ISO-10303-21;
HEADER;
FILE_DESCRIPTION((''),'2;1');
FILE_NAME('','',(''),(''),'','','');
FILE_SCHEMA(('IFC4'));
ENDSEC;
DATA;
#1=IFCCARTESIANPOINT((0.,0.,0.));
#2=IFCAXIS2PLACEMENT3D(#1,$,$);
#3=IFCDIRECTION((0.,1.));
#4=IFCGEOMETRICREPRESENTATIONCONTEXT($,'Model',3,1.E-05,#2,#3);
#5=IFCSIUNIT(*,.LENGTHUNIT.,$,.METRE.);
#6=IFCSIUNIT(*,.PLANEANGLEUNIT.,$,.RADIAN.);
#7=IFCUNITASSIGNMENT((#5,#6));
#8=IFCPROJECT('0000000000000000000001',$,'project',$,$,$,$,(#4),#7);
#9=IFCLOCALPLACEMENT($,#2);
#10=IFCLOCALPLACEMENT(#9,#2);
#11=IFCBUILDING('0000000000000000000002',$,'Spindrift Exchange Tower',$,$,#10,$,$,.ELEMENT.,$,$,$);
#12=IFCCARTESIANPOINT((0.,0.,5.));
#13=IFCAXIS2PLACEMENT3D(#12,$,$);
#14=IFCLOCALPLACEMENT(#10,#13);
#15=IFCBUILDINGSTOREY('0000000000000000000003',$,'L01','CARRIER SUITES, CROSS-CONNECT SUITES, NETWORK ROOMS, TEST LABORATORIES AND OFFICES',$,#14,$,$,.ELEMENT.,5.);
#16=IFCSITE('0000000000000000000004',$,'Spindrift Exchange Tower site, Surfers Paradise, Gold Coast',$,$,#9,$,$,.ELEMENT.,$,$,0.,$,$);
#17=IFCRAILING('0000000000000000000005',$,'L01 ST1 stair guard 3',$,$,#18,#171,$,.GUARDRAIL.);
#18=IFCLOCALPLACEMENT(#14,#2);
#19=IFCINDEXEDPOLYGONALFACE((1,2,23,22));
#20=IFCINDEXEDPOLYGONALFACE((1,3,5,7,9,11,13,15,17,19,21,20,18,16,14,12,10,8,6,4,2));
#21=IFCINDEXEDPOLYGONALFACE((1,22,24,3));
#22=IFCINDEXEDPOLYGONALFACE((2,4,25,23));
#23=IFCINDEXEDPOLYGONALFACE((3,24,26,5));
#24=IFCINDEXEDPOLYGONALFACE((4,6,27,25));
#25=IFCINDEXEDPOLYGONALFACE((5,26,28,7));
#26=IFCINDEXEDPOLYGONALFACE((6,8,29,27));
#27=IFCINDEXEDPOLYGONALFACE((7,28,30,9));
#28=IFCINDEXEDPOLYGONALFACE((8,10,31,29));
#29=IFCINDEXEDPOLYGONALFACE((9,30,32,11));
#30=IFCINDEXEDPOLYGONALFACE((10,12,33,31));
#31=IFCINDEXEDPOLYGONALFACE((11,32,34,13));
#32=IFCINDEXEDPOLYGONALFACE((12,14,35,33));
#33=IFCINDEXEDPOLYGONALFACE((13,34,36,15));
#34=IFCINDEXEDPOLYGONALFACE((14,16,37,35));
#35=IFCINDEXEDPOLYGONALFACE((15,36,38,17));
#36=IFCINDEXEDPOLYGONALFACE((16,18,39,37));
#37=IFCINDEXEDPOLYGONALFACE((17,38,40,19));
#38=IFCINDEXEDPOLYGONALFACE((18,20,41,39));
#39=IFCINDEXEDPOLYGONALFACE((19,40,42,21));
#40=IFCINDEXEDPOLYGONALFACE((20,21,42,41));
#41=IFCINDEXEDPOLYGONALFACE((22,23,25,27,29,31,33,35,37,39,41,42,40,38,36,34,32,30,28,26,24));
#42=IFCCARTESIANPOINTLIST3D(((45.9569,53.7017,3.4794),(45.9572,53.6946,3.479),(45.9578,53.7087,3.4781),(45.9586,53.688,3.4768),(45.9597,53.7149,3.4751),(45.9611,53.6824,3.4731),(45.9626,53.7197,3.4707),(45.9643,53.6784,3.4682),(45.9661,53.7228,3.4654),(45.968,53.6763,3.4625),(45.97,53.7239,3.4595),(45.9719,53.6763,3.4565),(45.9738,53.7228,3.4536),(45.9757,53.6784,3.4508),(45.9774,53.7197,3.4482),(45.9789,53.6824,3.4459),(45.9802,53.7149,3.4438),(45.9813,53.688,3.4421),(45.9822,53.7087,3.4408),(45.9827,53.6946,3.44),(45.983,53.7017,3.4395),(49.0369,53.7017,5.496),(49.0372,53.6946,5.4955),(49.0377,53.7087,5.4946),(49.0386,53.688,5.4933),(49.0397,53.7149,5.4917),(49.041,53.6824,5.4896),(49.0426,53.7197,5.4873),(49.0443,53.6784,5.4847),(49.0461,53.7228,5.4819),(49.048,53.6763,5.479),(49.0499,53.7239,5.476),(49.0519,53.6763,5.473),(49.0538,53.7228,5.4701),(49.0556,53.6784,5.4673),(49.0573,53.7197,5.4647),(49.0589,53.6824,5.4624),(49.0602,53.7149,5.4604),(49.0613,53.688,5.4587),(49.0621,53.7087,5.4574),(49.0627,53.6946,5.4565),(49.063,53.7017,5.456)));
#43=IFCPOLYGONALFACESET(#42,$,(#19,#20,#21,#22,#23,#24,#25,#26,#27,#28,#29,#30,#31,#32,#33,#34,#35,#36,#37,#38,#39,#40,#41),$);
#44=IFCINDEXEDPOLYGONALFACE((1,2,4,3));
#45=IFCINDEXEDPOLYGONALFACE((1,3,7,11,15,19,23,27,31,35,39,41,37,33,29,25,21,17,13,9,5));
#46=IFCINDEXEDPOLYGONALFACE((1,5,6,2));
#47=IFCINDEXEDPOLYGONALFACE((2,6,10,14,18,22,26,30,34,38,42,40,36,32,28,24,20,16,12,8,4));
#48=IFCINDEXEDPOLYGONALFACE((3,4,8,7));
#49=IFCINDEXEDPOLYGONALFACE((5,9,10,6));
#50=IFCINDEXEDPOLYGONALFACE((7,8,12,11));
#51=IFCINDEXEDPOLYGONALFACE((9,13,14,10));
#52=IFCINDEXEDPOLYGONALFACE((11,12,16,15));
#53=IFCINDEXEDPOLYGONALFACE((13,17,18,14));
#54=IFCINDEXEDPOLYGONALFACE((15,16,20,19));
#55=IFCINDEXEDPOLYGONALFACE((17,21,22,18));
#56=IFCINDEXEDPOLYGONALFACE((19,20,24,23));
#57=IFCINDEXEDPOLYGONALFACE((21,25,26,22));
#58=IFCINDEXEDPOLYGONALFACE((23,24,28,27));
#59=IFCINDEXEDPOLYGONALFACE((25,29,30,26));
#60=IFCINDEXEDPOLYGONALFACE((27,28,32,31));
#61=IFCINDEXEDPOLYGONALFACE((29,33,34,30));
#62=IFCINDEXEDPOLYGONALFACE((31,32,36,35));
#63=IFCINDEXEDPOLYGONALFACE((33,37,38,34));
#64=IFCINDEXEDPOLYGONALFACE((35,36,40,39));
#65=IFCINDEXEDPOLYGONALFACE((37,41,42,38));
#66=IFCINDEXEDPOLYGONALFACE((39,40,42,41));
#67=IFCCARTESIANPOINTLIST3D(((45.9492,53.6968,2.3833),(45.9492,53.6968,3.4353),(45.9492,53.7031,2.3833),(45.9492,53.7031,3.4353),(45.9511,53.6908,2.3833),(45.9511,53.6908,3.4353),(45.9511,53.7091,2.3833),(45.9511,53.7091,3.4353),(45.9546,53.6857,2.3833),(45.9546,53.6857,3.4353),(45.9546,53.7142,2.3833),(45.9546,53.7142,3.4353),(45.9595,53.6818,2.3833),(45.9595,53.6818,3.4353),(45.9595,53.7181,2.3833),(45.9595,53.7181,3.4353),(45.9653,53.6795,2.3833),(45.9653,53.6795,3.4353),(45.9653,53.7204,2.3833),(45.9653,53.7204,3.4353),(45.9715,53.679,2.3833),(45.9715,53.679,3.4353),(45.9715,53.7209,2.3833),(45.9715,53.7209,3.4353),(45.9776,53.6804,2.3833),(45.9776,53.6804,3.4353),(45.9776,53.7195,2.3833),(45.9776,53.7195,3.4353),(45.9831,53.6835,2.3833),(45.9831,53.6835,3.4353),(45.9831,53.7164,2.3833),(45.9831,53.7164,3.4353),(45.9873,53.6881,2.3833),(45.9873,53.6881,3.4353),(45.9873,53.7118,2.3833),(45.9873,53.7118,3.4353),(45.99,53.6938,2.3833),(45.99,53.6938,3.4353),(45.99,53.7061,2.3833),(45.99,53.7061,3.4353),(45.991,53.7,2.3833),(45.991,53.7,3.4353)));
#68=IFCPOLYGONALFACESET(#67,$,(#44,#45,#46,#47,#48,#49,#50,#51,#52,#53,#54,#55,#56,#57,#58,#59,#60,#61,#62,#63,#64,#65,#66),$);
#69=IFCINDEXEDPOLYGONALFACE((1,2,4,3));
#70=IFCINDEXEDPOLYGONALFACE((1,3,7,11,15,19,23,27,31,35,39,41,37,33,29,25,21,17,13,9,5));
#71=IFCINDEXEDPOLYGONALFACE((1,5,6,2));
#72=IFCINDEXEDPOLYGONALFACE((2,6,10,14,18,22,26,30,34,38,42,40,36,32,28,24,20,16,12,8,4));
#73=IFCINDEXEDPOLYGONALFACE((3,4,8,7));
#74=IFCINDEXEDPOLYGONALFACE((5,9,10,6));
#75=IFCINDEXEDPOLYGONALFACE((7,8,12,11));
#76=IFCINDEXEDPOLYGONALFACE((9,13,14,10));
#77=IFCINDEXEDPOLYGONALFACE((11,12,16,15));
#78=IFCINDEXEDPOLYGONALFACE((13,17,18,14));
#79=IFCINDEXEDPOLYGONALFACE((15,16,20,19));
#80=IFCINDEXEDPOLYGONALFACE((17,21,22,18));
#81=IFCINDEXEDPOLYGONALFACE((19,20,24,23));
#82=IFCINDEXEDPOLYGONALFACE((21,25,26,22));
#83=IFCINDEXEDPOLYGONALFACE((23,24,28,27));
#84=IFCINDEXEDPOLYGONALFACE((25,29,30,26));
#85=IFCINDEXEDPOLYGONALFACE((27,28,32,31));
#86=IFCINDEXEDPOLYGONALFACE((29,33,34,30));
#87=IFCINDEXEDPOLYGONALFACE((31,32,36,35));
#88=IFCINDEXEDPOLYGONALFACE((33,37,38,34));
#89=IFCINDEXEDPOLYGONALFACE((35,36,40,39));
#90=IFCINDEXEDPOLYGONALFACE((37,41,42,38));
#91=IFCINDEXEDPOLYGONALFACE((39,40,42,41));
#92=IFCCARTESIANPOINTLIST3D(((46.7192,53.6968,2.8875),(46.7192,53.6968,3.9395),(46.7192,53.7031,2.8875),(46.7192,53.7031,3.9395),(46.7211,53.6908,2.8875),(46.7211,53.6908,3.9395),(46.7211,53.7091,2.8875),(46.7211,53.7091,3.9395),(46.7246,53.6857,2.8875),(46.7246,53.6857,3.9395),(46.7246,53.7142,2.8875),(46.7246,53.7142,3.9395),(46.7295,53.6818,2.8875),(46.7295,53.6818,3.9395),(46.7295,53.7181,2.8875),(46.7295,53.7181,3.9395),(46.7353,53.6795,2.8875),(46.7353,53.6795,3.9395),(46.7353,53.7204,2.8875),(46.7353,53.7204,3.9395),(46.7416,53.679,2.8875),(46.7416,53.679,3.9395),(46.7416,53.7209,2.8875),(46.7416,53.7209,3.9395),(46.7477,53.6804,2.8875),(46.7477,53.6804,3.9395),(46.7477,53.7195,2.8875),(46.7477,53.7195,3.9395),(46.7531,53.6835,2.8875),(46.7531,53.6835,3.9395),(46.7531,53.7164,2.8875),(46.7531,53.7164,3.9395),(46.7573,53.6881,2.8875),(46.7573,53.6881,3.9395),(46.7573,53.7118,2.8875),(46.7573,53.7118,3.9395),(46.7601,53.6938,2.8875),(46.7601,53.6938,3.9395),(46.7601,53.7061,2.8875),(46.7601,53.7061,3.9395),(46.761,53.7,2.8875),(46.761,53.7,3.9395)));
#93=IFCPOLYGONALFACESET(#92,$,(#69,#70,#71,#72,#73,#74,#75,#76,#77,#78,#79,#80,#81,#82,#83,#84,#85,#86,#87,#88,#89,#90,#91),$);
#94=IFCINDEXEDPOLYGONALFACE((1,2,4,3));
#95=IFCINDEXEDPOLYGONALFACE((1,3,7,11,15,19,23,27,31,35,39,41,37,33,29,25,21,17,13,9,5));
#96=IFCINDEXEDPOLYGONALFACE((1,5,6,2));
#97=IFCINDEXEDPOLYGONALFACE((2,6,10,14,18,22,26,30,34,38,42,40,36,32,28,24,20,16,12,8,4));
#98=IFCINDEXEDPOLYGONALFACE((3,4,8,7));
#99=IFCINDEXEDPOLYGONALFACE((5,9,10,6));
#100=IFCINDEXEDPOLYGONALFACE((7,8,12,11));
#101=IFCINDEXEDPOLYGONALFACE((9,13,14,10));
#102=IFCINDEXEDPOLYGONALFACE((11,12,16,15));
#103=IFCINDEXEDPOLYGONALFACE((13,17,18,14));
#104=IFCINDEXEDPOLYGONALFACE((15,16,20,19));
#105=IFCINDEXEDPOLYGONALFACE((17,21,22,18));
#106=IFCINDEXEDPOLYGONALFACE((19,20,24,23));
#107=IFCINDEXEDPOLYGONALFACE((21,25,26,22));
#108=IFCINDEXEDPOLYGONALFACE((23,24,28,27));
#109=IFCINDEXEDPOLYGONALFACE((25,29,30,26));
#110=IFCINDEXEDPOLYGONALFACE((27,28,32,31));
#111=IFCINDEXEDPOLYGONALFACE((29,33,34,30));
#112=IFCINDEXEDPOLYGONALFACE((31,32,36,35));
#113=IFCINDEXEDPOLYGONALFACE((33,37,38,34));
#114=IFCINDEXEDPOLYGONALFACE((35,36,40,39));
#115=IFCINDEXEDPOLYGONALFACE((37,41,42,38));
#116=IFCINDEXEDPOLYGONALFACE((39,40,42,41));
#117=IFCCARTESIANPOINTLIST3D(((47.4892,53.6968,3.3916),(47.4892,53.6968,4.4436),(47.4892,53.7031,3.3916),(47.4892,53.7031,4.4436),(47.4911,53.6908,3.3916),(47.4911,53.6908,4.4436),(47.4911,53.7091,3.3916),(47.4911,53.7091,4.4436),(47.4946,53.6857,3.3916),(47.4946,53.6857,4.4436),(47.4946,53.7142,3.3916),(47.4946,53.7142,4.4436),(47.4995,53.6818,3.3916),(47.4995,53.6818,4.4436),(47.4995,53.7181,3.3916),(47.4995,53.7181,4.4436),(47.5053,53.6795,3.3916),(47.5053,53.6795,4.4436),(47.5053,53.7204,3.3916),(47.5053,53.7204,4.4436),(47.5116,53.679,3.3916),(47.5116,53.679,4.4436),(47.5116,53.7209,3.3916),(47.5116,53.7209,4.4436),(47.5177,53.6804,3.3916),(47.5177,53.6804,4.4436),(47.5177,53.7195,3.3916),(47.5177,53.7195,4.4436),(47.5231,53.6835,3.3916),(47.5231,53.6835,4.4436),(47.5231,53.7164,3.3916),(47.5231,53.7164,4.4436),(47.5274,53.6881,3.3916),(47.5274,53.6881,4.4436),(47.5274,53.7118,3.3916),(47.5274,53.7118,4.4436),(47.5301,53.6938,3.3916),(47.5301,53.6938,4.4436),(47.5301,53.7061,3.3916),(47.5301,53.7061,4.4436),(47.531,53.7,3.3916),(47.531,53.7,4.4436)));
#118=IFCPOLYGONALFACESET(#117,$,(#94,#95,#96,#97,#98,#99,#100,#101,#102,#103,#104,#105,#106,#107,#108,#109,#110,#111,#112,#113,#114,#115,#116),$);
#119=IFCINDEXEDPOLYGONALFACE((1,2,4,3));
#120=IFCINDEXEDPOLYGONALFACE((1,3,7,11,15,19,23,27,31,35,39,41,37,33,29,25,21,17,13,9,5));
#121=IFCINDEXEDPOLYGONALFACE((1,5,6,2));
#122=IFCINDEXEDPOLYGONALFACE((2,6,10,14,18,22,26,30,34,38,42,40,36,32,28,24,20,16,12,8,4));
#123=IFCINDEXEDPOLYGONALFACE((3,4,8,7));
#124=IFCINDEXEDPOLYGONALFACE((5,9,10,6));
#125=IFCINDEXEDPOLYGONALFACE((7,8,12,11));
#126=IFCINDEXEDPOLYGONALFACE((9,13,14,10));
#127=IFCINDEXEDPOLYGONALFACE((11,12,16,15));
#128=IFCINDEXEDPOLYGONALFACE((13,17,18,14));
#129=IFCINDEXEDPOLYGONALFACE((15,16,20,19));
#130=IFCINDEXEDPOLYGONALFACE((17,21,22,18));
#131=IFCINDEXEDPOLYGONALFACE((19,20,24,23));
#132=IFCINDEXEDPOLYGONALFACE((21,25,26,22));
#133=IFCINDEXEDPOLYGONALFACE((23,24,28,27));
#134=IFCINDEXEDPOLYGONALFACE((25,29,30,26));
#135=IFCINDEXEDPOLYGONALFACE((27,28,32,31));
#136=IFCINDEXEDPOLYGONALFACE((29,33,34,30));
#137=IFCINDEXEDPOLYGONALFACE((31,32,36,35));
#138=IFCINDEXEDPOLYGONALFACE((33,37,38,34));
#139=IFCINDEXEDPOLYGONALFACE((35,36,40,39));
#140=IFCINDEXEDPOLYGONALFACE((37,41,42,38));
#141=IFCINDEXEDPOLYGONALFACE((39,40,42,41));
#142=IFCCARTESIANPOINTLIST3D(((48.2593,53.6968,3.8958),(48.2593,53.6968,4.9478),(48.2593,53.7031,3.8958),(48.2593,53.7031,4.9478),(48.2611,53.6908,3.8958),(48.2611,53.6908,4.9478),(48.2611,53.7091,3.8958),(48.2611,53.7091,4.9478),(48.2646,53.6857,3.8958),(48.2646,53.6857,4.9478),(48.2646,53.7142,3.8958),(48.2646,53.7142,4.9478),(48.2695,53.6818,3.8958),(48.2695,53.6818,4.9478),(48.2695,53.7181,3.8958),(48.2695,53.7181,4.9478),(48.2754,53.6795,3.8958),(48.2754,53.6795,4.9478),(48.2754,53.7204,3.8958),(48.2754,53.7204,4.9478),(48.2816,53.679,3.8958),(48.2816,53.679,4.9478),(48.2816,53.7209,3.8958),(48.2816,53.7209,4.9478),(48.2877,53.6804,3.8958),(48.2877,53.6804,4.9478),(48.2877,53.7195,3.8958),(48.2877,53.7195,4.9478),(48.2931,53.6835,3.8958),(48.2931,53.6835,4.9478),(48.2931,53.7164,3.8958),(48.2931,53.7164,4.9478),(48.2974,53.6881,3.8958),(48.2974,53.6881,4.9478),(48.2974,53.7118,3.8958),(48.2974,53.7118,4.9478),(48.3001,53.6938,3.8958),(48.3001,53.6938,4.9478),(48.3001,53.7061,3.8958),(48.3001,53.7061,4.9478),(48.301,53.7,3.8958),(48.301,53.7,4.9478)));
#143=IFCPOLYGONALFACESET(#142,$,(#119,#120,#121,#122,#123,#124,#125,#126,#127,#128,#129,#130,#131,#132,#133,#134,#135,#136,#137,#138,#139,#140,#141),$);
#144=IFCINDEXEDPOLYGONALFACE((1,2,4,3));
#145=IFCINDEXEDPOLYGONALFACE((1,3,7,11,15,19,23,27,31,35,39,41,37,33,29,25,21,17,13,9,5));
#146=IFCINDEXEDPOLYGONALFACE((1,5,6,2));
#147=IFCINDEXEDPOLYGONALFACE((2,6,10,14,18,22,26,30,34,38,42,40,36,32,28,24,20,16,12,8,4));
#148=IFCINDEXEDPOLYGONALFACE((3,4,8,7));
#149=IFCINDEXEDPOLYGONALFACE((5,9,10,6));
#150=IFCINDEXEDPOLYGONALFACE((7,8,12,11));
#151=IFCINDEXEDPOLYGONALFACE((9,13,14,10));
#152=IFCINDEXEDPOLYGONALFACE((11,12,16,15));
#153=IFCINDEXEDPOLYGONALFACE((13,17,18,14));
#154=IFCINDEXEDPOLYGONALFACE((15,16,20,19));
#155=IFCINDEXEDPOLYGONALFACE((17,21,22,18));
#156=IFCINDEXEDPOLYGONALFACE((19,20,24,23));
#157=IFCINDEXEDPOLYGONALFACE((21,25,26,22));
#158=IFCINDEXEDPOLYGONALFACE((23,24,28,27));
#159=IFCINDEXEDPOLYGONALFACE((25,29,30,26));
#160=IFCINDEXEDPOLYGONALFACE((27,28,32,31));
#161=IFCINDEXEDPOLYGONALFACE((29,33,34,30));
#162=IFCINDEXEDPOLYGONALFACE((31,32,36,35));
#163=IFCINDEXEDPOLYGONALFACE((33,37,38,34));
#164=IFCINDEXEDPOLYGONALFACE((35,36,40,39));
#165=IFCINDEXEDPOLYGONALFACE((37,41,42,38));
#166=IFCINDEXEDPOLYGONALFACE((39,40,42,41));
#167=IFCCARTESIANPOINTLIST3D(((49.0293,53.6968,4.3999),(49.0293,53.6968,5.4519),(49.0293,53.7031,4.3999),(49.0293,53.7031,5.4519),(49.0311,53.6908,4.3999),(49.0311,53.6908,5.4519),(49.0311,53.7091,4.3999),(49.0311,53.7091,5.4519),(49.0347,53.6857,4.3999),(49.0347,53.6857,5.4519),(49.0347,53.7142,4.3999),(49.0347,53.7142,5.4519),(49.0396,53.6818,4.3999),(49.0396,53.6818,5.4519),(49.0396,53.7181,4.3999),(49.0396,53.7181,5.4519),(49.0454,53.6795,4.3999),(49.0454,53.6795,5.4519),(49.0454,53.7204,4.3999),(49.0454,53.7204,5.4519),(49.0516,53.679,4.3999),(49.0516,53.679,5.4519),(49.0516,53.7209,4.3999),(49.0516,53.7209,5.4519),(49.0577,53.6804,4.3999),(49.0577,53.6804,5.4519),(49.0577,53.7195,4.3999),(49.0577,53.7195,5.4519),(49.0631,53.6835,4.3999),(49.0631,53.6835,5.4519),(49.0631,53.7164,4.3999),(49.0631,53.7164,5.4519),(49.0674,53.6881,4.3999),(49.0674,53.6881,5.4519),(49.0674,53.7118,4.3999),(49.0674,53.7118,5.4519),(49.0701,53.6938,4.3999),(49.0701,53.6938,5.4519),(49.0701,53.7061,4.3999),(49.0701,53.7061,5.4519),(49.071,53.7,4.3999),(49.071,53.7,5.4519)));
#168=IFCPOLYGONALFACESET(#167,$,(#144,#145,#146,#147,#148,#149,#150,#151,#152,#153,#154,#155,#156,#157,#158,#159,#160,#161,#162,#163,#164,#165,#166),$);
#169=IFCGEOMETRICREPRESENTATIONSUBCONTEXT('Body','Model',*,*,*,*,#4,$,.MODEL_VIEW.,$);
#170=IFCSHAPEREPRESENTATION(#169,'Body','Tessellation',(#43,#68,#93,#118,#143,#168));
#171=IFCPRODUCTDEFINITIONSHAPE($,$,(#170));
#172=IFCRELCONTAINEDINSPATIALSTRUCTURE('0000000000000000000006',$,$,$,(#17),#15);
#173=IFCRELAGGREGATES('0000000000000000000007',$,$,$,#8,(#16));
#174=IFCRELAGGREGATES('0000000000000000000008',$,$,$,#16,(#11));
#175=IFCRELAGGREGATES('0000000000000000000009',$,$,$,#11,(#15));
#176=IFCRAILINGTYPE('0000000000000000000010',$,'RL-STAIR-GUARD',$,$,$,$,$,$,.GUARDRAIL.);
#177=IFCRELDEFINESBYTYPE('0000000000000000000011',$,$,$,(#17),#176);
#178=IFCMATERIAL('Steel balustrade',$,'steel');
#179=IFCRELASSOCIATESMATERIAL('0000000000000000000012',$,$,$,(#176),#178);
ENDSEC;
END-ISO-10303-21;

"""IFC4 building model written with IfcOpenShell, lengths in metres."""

from ifc_helpers import new_model, si_unit, direction, frame, origin, origin_2d, place, context, subcontext, project, spatial, circle, extrude, material, type_object, element, save


model = new_model("IFC4")

# Units and contexts
model_context = context("Model", 3, precision=1e-05, world=origin(), true_north=direction((0.0, 1.0)))
body_context = subcontext(model_context, "Body", "Model", "MODEL_VIEW")
ifc_project = project(units=[si_unit("LENGTHUNIT", "METRE"), si_unit("PLANEANGLEUNIT", "RADIAN")], contexts=[model_context])

# Site, building, storey
site_placement = place(None, origin())
site = spatial("IfcSite", under=ifc_project, at=site_placement, Name="Spindrift Exchange Tower site, Surfers Paradise, Gold Coast", CompositionType="ELEMENT", RefElevation=0.0)
building_placement = place(site_placement, origin())
building = spatial("IfcBuilding", under=site, at=building_placement, Name="Spindrift Exchange Tower", CompositionType="ELEMENT")
storey_placement = place(building_placement, frame((0.0, 0.0, 5.0)))
storey = spatial("IfcBuildingStorey", under=building, at=storey_placement, Name="L01", Description="CARRIER SUITES, CROSS-CONNECT SUITES, NETWORK ROOMS, TEST LABORATORIES AND OFFICES", CompositionType="ELEMENT", Elevation=5.0)

# Railing
ifc_material_1 = material(Name="Steel balustrade", Category="steel")
railing_type_1 = type_object("IfcRailingType", Name="RL-STAIR-GUARD", PredefinedType="GUARDRAIL", material=ifc_material_1)
railing_1_placement = place(storey_placement, frame((45.97, 53.7, 2.3833)))
element("IfcRailing", 1, at=railing_1_placement, inside=storey, type_object=railing_type_1, Name="L01 ST1 stair guard 3", PredefinedType="GUARDRAIL", context=body_context, shape_type="SweptSolid", body=[
    extrude(circle(Radius=0.0239, at=origin_2d()), frame((0.0, 0.0, 1.0762), z_axis=(0.836633, 0.0, 0.547764), x_axis=(0.0, 1.0, 0.0)), (0.0, 0.0, 1.0), 3.6814),
    extrude(circle(Radius=0.021, at=origin_2d()), origin(), (0.0, 0.0, 1.0), 1.052),
    extrude(circle(Radius=0.021, at=origin_2d()), frame((0.77, 0.0, 0.5042)), (0.0, 0.0, 1.0), 1.052),
    extrude(circle(Radius=0.021, at=origin_2d()), frame((1.54, 0.0, 1.0083)), (0.0, 0.0, 1.0), 1.052),
    extrude(circle(Radius=0.021, at=origin_2d()), frame((2.3101, 0.0, 1.5125)), (0.0, 0.0, 1.0), 1.052),
    extrude(circle(Radius=0.021, at=origin_2d()), frame((3.0801, 0.0, 2.0166)), (0.0, 0.0, 1.0), 1.052),
])

save(model, "model.ifc")
